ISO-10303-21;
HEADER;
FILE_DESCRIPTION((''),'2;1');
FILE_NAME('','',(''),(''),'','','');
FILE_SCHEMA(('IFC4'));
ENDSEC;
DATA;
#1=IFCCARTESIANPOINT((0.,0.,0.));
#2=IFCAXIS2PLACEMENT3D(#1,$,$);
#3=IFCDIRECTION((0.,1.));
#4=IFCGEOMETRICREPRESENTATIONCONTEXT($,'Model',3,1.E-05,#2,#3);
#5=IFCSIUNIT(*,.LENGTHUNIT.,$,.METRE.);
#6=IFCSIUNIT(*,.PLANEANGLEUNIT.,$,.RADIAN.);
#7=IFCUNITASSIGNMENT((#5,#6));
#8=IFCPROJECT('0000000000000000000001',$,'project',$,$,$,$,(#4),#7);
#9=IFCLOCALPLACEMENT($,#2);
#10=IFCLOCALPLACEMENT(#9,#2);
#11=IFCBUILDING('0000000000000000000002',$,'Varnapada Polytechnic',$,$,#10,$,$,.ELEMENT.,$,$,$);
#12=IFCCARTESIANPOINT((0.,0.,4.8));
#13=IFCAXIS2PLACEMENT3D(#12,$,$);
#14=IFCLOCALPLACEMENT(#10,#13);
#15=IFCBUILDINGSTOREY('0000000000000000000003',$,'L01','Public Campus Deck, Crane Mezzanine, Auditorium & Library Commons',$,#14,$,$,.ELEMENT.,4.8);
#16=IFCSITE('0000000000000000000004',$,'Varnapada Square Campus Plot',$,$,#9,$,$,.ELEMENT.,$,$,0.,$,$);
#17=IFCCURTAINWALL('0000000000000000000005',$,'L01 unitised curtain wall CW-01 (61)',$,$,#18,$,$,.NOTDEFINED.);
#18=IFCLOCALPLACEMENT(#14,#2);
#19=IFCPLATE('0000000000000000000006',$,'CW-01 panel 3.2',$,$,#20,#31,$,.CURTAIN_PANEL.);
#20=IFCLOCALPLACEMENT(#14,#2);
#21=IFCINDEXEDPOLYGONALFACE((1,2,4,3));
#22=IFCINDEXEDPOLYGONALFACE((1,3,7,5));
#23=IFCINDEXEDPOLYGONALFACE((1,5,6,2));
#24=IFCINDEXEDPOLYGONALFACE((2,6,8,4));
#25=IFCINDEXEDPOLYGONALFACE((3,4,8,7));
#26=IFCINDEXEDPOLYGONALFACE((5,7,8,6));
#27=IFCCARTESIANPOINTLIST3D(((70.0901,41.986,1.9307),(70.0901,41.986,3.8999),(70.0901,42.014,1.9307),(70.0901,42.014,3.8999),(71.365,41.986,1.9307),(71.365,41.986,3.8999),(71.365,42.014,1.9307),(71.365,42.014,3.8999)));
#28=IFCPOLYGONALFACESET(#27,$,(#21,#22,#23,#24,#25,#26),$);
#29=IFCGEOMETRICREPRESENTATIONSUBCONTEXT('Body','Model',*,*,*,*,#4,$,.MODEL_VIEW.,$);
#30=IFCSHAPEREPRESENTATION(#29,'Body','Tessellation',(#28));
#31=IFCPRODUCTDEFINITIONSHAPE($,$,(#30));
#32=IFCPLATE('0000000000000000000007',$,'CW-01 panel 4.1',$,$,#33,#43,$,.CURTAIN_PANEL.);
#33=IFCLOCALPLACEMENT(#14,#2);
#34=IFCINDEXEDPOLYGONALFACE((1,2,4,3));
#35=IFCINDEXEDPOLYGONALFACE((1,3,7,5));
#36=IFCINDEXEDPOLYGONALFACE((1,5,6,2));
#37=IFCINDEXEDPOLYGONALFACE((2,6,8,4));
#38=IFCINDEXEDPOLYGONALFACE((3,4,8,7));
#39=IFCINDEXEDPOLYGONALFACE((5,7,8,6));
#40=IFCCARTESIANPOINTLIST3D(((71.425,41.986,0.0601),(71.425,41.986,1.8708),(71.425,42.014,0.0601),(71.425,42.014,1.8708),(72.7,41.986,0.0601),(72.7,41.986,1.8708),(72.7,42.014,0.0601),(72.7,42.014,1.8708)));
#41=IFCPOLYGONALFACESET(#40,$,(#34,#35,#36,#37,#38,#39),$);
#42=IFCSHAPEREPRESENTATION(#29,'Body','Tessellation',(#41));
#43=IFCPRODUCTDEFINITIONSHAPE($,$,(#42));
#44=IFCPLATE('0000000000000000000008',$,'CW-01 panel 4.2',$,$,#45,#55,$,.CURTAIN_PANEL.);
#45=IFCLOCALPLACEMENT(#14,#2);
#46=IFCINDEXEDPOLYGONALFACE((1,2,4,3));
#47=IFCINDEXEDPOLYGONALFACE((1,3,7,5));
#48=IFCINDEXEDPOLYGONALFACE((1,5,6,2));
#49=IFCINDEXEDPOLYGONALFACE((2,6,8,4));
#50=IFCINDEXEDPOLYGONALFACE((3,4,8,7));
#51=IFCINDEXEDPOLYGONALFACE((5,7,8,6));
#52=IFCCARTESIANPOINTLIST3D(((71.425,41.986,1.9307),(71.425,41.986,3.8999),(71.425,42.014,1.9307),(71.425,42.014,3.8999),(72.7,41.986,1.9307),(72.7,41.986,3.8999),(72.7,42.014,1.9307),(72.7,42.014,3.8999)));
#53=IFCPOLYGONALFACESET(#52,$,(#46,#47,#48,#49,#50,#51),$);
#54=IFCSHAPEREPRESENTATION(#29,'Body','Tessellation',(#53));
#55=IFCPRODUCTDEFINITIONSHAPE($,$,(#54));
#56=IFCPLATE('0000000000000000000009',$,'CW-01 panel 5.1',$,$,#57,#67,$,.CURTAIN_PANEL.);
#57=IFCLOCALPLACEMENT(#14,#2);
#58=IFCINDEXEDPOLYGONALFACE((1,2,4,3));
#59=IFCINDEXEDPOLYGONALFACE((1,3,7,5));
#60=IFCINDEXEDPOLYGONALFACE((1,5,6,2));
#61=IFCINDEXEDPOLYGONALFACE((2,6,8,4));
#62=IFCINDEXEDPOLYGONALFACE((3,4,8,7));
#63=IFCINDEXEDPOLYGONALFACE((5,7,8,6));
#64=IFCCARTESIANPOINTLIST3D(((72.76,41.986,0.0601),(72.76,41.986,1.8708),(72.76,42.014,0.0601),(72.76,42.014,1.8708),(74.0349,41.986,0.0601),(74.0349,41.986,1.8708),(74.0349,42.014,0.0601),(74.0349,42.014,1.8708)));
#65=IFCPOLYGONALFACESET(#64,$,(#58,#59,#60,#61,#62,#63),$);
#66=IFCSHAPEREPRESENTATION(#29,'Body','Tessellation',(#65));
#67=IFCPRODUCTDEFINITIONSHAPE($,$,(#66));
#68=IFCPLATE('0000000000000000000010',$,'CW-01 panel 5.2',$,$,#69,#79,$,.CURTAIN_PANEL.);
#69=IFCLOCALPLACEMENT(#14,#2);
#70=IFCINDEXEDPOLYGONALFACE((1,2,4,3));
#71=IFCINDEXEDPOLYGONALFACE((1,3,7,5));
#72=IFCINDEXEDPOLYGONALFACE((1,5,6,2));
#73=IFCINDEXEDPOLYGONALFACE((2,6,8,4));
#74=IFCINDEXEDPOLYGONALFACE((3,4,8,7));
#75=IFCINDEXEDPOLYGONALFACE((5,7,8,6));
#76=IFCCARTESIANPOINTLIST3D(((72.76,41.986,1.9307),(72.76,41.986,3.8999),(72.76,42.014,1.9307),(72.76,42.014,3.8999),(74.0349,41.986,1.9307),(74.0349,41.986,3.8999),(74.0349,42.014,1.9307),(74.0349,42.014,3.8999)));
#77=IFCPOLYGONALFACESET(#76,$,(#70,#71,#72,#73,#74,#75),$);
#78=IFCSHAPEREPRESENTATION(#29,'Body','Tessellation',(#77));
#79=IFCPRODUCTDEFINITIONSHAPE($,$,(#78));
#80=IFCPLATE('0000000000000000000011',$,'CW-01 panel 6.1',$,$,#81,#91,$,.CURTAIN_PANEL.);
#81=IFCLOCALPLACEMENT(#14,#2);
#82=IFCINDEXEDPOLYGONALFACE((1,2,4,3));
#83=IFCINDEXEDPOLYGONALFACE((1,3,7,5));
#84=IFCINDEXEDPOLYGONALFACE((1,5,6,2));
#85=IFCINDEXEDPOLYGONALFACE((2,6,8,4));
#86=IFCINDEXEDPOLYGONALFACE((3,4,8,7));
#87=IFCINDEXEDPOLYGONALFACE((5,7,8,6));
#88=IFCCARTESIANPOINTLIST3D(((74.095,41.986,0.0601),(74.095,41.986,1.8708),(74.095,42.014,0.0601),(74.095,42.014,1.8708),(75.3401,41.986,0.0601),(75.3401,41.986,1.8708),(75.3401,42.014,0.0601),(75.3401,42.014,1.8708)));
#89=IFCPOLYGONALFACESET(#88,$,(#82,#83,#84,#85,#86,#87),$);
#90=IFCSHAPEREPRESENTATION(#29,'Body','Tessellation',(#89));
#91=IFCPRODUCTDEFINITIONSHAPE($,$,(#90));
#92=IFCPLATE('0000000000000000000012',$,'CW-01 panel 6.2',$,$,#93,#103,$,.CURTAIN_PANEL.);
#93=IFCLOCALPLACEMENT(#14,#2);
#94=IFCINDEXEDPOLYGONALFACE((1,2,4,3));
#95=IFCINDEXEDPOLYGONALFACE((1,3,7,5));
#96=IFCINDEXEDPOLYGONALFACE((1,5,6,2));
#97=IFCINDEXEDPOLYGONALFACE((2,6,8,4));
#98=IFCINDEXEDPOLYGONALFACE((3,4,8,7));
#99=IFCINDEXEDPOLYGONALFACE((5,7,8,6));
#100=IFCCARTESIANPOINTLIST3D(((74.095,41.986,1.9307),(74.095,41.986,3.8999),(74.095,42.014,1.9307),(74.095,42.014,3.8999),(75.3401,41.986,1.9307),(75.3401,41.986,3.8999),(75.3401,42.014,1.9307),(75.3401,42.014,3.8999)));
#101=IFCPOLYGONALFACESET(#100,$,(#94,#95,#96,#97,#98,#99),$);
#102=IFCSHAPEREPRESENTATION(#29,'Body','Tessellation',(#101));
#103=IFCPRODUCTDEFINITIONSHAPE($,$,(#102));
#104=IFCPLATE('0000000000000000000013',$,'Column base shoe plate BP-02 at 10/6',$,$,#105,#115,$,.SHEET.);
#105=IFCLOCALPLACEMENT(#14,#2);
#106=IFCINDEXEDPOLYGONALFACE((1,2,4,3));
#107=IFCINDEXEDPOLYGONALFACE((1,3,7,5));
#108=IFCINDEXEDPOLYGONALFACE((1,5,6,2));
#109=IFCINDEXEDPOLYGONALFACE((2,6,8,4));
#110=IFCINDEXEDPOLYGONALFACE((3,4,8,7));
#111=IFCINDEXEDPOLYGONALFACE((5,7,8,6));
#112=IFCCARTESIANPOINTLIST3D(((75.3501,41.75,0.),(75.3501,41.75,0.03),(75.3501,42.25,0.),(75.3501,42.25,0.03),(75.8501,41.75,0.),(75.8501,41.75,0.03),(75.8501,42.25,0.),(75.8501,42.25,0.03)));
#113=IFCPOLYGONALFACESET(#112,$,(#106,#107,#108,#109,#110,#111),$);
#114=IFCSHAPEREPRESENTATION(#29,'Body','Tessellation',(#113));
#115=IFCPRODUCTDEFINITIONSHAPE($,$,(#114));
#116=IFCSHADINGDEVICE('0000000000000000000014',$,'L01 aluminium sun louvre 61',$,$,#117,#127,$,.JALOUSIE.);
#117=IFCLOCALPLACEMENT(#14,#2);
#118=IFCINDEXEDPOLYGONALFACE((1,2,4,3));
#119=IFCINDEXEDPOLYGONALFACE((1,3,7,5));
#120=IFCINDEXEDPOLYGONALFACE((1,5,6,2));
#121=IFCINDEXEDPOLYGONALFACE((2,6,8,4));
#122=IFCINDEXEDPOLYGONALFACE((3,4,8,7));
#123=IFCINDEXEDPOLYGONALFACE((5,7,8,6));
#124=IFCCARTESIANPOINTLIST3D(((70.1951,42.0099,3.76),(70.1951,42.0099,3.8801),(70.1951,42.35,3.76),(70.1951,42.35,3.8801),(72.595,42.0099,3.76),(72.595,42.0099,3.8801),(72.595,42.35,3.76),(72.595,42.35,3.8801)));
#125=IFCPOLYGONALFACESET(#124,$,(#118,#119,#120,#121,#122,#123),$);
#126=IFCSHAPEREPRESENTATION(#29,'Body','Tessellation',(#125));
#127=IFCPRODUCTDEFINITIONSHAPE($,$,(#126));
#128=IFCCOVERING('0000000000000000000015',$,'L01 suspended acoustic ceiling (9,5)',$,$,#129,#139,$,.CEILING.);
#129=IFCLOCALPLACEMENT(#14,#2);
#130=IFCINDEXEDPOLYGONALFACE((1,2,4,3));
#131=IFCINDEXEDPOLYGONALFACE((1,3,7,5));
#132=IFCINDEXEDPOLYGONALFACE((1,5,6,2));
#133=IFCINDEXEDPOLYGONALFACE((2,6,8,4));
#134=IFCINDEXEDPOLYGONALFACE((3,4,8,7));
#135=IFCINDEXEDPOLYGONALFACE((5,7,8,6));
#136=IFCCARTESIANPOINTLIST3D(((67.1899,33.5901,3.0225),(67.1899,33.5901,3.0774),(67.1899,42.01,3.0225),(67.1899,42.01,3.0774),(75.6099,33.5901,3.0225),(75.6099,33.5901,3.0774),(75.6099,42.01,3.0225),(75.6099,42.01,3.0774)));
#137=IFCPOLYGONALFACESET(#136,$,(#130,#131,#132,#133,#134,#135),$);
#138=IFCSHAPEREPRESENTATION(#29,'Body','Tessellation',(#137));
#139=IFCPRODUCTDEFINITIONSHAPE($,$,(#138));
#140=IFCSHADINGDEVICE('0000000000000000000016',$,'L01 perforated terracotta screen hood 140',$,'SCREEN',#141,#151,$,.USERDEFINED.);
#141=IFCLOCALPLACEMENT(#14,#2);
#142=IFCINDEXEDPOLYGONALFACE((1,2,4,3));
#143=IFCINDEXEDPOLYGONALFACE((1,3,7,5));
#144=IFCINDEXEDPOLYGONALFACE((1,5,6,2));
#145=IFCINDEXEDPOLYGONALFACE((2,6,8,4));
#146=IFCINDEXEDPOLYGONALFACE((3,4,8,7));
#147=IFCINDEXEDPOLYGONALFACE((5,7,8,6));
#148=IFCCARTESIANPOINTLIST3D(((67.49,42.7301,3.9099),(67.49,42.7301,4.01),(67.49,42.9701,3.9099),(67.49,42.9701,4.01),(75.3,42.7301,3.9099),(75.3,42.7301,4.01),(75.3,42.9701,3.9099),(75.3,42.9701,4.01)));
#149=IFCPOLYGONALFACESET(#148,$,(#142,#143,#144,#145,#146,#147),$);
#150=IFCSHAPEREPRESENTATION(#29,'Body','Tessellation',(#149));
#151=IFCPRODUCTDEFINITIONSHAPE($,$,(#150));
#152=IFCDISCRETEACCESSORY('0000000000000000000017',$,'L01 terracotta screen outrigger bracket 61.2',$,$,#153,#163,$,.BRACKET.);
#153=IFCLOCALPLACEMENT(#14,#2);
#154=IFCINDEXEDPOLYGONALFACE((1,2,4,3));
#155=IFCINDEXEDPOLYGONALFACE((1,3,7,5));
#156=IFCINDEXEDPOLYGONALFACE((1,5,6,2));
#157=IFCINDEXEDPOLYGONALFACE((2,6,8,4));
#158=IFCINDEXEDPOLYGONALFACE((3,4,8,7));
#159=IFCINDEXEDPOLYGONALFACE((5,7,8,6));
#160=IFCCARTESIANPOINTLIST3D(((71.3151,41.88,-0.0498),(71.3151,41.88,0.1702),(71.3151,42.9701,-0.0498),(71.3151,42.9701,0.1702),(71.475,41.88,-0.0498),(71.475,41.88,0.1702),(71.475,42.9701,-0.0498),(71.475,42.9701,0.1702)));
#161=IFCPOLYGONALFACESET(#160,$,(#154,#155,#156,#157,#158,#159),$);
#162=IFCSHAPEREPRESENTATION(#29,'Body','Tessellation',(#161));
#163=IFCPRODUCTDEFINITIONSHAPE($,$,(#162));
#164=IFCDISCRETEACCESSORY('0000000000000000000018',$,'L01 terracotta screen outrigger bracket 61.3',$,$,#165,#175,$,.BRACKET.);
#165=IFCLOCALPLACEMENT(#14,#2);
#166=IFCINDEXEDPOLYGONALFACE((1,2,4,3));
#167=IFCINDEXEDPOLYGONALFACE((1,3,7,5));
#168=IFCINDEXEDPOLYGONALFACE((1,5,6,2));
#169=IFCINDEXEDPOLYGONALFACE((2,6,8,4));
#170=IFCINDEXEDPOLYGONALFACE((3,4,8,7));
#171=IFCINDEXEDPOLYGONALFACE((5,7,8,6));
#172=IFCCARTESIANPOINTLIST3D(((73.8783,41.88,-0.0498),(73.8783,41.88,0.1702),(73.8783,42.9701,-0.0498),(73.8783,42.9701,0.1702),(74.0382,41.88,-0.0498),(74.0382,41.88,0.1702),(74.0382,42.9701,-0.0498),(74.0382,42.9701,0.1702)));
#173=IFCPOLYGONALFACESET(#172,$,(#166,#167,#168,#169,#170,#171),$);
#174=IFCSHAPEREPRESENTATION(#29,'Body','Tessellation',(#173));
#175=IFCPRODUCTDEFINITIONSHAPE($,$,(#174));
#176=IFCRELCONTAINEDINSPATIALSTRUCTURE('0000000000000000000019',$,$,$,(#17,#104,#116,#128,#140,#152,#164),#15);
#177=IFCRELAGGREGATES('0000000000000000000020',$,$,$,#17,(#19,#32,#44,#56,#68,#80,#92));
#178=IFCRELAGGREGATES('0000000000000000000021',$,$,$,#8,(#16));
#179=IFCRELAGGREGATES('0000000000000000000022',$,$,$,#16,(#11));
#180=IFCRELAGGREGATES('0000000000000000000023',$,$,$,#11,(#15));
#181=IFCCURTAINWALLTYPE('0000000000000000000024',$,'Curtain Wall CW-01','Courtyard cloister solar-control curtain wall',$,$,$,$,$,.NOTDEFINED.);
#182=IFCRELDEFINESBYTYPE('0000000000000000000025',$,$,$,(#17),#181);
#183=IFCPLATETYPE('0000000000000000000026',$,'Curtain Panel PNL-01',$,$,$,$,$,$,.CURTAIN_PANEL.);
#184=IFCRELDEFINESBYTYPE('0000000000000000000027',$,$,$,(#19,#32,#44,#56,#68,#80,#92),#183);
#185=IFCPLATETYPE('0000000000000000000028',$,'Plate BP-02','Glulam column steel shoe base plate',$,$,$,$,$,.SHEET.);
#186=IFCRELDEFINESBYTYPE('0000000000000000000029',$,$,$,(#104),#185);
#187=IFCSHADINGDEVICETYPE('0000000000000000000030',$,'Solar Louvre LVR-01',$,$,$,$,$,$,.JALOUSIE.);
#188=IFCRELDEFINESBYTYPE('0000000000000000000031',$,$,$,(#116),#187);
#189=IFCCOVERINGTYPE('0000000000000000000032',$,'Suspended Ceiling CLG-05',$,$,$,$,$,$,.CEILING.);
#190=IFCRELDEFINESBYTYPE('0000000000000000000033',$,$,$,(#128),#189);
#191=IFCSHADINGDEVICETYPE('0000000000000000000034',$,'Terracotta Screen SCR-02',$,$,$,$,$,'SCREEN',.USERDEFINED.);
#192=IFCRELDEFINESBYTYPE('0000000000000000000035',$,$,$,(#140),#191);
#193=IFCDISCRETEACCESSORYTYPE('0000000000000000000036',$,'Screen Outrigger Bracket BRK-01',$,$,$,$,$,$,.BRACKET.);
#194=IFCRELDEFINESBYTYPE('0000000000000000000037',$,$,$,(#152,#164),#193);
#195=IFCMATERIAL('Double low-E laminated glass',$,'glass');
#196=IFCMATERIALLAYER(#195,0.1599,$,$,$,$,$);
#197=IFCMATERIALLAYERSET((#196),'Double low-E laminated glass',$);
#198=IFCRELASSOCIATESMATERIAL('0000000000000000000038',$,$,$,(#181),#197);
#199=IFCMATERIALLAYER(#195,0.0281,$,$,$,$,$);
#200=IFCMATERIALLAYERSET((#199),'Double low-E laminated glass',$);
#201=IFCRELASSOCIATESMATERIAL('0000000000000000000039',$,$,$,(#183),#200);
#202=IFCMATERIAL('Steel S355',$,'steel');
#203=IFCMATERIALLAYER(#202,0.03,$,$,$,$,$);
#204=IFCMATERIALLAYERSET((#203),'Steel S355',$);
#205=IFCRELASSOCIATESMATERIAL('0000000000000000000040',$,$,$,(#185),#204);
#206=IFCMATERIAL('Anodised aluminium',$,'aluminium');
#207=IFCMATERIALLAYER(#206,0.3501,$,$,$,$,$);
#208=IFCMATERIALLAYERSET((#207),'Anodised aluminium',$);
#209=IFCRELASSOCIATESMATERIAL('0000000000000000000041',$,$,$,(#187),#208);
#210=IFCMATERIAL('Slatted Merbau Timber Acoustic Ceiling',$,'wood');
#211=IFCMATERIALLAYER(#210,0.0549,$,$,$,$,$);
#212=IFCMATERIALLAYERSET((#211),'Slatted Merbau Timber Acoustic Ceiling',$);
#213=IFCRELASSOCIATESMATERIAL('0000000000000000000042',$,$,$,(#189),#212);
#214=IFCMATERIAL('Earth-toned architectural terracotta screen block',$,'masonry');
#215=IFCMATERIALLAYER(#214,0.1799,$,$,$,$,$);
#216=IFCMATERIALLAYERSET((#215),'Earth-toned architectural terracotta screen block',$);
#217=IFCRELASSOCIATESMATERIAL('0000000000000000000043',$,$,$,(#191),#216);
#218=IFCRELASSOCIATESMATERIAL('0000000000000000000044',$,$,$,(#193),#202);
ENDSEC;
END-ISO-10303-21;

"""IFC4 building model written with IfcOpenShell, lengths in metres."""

from ifc_helpers import new_model, si_unit, direction, frame, origin, origin_2d, place, context, subcontext, project, spatial, rectangle, extrude, material, layer, layer_set, type_object, element, aggregate, save


model = new_model("IFC4")

# Units and contexts
model_context = context("Model", 3, precision=1e-05, world=origin(), true_north=direction((0.0, 1.0)))
body_context = subcontext(model_context, "Body", "Model", "MODEL_VIEW")
ifc_project = project(units=[si_unit("LENGTHUNIT", "METRE"), si_unit("PLANEANGLEUNIT", "RADIAN")], contexts=[model_context])

# Site, building, storey
site_placement = place(None, origin())
site = spatial("IfcSite", under=ifc_project, at=site_placement, Name="Varnapada Square Campus Plot", CompositionType="ELEMENT", RefElevation=0.0)
building_placement = place(site_placement, origin())
building = spatial("IfcBuilding", under=site, at=building_placement, Name="Varnapada Polytechnic", CompositionType="ELEMENT")
storey_placement = place(building_placement, frame((0.0, 0.0, 4.8)))
storey = spatial("IfcBuildingStorey", under=building, at=storey_placement, Name="L01", Description="Public Campus Deck, Crane Mezzanine, Auditorium & Library Commons", CompositionType="ELEMENT", Elevation=4.8)

# Curtain wall, plates
ifc_material_1 = material(Name="Double low-E laminated glass", Category="glass")
ifc_layer_1 = layer(ifc_material_1, 0.1599)
ifc_layer_set_1 = layer_set([ifc_layer_1], Name="Double low-E laminated glass")
curtain_wall_type = type_object("IfcCurtainWallType", Name="Curtain Wall CW-01", Description="Courtyard cloister solar-control curtain wall", PredefinedType="NOTDEFINED", material=ifc_layer_set_1)
curtain_wall_placement = place(storey_placement, origin())
curtain_wall = element("IfcCurtainWall", 1, at=curtain_wall_placement, inside=storey, type_object=curtain_wall_type, Name="L01 unitised curtain wall CW-01 (61)", PredefinedType="NOTDEFINED")
ifc_material_2 = material(Name="Anodised aluminium", Category="aluminium")
ifc_layer_2 = layer(ifc_material_1, 0.0281)
ifc_layer_set_2 = layer_set([ifc_layer_2], Name="Double low-E laminated glass")
plate_type_1 = type_object("IfcPlateType", Name="Curtain Panel PNL-01", PredefinedType="CURTAIN_PANEL", material=ifc_layer_set_2)
plate_1_placement = place(storey_placement, frame((70.7275, 42.0, 1.9307), z_axis=(0.0, 0.0, 1.0), x_axis=(1.0, 0.0, 0.0)))
plate_1 = element("IfcPlate", 2, at=plate_1_placement, type_object=plate_type_1, Name="CW-01 panel 3.2", PredefinedType="CURTAIN_PANEL", context=body_context, shape_type="SweptSolid", body=[
    extrude(rectangle(XDim=1.2749, YDim=0.0281, at=origin_2d()), origin(), (0.0, 0.0, 1.0), 1.9692),
])
plate_2_placement = place(storey_placement, frame((72.0625, 42.0, 0.0601), z_axis=(0.0, 0.0, 1.0), x_axis=(1.0, 0.0, 0.0)))
plate_2 = element("IfcPlate", 3, at=plate_2_placement, type_object=plate_type_1, Name="CW-01 panel 4.1", PredefinedType="CURTAIN_PANEL", context=body_context, shape_type="SweptSolid", body=[
    extrude(rectangle(XDim=1.2749, YDim=0.0281, at=origin_2d()), origin(), (0.0, 0.0, 1.0), 1.8108),
])
plate_3_placement = place(storey_placement, frame((72.0625, 42.0, 1.9307), z_axis=(0.0, 0.0, 1.0), x_axis=(1.0, 0.0, 0.0)))
plate_3 = element("IfcPlate", 4, at=plate_3_placement, type_object=plate_type_1, Name="CW-01 panel 4.2", PredefinedType="CURTAIN_PANEL", context=body_context, shape_type="SweptSolid", body=[
    extrude(rectangle(XDim=1.2749, YDim=0.0281, at=origin_2d()), origin(), (0.0, 0.0, 1.0), 1.9692),
])
plate_4_placement = place(storey_placement, frame((73.3975, 42.0, 0.0601), z_axis=(0.0, 0.0, 1.0), x_axis=(1.0, 0.0, 0.0)))
plate_4 = element("IfcPlate", 5, at=plate_4_placement, type_object=plate_type_1, Name="CW-01 panel 5.1", PredefinedType="CURTAIN_PANEL", context=body_context, shape_type="SweptSolid", body=[
    extrude(rectangle(XDim=1.2749, YDim=0.0281, at=origin_2d()), origin(), (0.0, 0.0, 1.0), 1.8108),
])
plate_5_placement = place(storey_placement, frame((73.3975, 42.0, 1.9307), z_axis=(0.0, 0.0, 1.0), x_axis=(1.0, 0.0, 0.0)))
plate_5 = element("IfcPlate", 6, at=plate_5_placement, type_object=plate_type_1, Name="CW-01 panel 5.2", PredefinedType="CURTAIN_PANEL", context=body_context, shape_type="SweptSolid", body=[
    extrude(rectangle(XDim=1.2749, YDim=0.0281, at=origin_2d()), origin(), (0.0, 0.0, 1.0), 1.9692),
])
plate_6_placement = place(storey_placement, frame((74.7175, 42.0, 0.0601), z_axis=(0.0, 0.0, 1.0), x_axis=(1.0, 0.0, 0.0)))
plate_6 = element("IfcPlate", 7, at=plate_6_placement, type_object=plate_type_1, Name="CW-01 panel 6.1", PredefinedType="CURTAIN_PANEL", context=body_context, shape_type="SweptSolid", body=[
    extrude(rectangle(XDim=1.2451, YDim=0.0281, at=origin_2d()), origin(), (0.0, 0.0, 1.0), 1.8108),
])
plate_7_placement = place(storey_placement, frame((74.7175, 42.0, 1.9307), z_axis=(0.0, 0.0, 1.0), x_axis=(1.0, 0.0, 0.0)))
plate_7 = element("IfcPlate", 8, at=plate_7_placement, type_object=plate_type_1, Name="CW-01 panel 6.2", PredefinedType="CURTAIN_PANEL", context=body_context, shape_type="SweptSolid", body=[
    extrude(rectangle(XDim=1.2451, YDim=0.0281, at=origin_2d()), origin(), (0.0, 0.0, 1.0), 1.9692),
])
aggregate(curtain_wall, [plate_1, plate_2, plate_3, plate_4, plate_5, plate_6, plate_7])

# Plate
ifc_material_3 = material(Name="Steel S355", Category="steel")
ifc_layer_3 = layer(ifc_material_3, 0.03)
ifc_layer_set_3 = layer_set([ifc_layer_3], Name="Steel S355")
plate_type_2 = type_object("IfcPlateType", Name="Plate BP-02", Description="Glulam column steel shoe base plate", PredefinedType="SHEET", material=ifc_layer_set_3)
plate_8_placement = place(storey_placement, frame((75.6001, 42.0, 0.0), z_axis=(0.0, 0.0, 1.0), x_axis=(1.0, 0.0, 0.0)))
element("IfcPlate", 9, at=plate_8_placement, inside=storey, type_object=plate_type_2, Name="Column base shoe plate BP-02 at 10/6", PredefinedType="SHEET", context=body_context, shape_type="SweptSolid", body=[
    extrude(rectangle(XDim=0.5, YDim=0.5, at=origin_2d()), origin(), (0.0, 0.0, 1.0), 0.03),
])

# Shading device
ifc_layer_4 = layer(ifc_material_2, 0.3501)
ifc_layer_set_4 = layer_set([ifc_layer_4], Name="Anodised aluminium")
shading_device_type_1 = type_object("IfcShadingDeviceType", Name="Solar Louvre LVR-01", PredefinedType="JALOUSIE", material=ifc_layer_set_4)
shading_device_1_placement = place(storey_placement, frame((71.395, 42.1799, 3.76), z_axis=(0.0, 0.0, 1.0), x_axis=(1.0, 0.0, 0.0)))
element("IfcShadingDevice", 10, at=shading_device_1_placement, inside=storey, type_object=shading_device_type_1, Name="L01 aluminium sun louvre 61", PredefinedType="JALOUSIE", context=body_context, shape_type="SweptSolid", body=[
    extrude(rectangle(XDim=2.3999, YDim=0.3401, at=origin_2d()), origin(), (0.0, 0.0, 1.0), 0.1201),
])

# Covering
ifc_material_4 = material(Name="Slatted Merbau Timber Acoustic Ceiling", Category="wood")
ifc_layer_5 = layer(ifc_material_4, 0.0549)
ifc_layer_set_5 = layer_set([ifc_layer_5], Name="Slatted Merbau Timber Acoustic Ceiling")
covering_type = type_object("IfcCoveringType", Name="Suspended Ceiling CLG-05", PredefinedType="CEILING", material=ifc_layer_set_5)
covering_placement = place(storey_placement, frame((71.3999, 37.8, 3.0225), z_axis=(0.0, 0.0, 1.0), x_axis=(1.0, 0.0, 0.0)))
element("IfcCovering", 11, at=covering_placement, inside=storey, type_object=covering_type, Name="L01 suspended acoustic ceiling (9,5)", PredefinedType="CEILING", context=body_context, shape_type="SweptSolid", body=[
    extrude(rectangle(XDim=8.4199, YDim=8.4199, at=origin_2d()), origin(), (0.0, 0.0, 1.0), 0.0549),
])

# Shading device
ifc_material_5 = material(Name="Earth-toned architectural terracotta screen block", Category="masonry")
ifc_layer_6 = layer(ifc_material_5, 0.1799)
ifc_layer_set_6 = layer_set([ifc_layer_6], Name="Earth-toned architectural terracotta screen block")
shading_device_type_2 = type_object("IfcShadingDeviceType", Name="Terracotta Screen SCR-02", ElementType="SCREEN", PredefinedType="USERDEFINED", material=ifc_layer_set_6)
shading_device_2_placement = place(storey_placement, frame((71.395, 42.8501, 3.9099), z_axis=(0.0, 0.0, 1.0), x_axis=(1.0, 0.0, 0.0)))
element("IfcShadingDevice", 12, at=shading_device_2_placement, inside=storey, type_object=shading_device_type_2, Name="L01 perforated terracotta screen hood 140", ObjectType="SCREEN", PredefinedType="USERDEFINED", context=body_context, shape_type="SweptSolid", body=[
    extrude(rectangle(XDim=7.8101, YDim=0.24, at=origin_2d()), origin(), (0.0, 0.0, 1.0), 0.1001),
])

# Discrete accessories
discrete_accessory_type = type_object("IfcDiscreteAccessoryType", Name="Screen Outrigger Bracket BRK-01", PredefinedType="BRACKET", material=ifc_material_3)
for number, where, z_axis, x_axis, name in (
    (13, (71.395, 42.425, -0.0498), (0.0, 0.0, 1.0), (1.0, 0.0, 0.0), "L01 terracotta screen outrigger bracket 61.2"),
    (14, (73.9583, 42.425, -0.0498), (0.0, 0.0, 1.0), (1.0, 0.0, 0.0), "L01 terracotta screen outrigger bracket 61.3"),
):
    element("IfcDiscreteAccessory", number, at=place(storey_placement, frame(where, z_axis=z_axis, x_axis=x_axis)), inside=storey, type_object=discrete_accessory_type, Name=name, PredefinedType="BRACKET", context=body_context, shape_type="SweptSolid", body=[
        extrude(rectangle(XDim=0.1599, YDim=1.0901, at=origin_2d()), origin(), (0.0, 0.0, 1.0), 0.22),
    ])

save(model, "model.ifc")
